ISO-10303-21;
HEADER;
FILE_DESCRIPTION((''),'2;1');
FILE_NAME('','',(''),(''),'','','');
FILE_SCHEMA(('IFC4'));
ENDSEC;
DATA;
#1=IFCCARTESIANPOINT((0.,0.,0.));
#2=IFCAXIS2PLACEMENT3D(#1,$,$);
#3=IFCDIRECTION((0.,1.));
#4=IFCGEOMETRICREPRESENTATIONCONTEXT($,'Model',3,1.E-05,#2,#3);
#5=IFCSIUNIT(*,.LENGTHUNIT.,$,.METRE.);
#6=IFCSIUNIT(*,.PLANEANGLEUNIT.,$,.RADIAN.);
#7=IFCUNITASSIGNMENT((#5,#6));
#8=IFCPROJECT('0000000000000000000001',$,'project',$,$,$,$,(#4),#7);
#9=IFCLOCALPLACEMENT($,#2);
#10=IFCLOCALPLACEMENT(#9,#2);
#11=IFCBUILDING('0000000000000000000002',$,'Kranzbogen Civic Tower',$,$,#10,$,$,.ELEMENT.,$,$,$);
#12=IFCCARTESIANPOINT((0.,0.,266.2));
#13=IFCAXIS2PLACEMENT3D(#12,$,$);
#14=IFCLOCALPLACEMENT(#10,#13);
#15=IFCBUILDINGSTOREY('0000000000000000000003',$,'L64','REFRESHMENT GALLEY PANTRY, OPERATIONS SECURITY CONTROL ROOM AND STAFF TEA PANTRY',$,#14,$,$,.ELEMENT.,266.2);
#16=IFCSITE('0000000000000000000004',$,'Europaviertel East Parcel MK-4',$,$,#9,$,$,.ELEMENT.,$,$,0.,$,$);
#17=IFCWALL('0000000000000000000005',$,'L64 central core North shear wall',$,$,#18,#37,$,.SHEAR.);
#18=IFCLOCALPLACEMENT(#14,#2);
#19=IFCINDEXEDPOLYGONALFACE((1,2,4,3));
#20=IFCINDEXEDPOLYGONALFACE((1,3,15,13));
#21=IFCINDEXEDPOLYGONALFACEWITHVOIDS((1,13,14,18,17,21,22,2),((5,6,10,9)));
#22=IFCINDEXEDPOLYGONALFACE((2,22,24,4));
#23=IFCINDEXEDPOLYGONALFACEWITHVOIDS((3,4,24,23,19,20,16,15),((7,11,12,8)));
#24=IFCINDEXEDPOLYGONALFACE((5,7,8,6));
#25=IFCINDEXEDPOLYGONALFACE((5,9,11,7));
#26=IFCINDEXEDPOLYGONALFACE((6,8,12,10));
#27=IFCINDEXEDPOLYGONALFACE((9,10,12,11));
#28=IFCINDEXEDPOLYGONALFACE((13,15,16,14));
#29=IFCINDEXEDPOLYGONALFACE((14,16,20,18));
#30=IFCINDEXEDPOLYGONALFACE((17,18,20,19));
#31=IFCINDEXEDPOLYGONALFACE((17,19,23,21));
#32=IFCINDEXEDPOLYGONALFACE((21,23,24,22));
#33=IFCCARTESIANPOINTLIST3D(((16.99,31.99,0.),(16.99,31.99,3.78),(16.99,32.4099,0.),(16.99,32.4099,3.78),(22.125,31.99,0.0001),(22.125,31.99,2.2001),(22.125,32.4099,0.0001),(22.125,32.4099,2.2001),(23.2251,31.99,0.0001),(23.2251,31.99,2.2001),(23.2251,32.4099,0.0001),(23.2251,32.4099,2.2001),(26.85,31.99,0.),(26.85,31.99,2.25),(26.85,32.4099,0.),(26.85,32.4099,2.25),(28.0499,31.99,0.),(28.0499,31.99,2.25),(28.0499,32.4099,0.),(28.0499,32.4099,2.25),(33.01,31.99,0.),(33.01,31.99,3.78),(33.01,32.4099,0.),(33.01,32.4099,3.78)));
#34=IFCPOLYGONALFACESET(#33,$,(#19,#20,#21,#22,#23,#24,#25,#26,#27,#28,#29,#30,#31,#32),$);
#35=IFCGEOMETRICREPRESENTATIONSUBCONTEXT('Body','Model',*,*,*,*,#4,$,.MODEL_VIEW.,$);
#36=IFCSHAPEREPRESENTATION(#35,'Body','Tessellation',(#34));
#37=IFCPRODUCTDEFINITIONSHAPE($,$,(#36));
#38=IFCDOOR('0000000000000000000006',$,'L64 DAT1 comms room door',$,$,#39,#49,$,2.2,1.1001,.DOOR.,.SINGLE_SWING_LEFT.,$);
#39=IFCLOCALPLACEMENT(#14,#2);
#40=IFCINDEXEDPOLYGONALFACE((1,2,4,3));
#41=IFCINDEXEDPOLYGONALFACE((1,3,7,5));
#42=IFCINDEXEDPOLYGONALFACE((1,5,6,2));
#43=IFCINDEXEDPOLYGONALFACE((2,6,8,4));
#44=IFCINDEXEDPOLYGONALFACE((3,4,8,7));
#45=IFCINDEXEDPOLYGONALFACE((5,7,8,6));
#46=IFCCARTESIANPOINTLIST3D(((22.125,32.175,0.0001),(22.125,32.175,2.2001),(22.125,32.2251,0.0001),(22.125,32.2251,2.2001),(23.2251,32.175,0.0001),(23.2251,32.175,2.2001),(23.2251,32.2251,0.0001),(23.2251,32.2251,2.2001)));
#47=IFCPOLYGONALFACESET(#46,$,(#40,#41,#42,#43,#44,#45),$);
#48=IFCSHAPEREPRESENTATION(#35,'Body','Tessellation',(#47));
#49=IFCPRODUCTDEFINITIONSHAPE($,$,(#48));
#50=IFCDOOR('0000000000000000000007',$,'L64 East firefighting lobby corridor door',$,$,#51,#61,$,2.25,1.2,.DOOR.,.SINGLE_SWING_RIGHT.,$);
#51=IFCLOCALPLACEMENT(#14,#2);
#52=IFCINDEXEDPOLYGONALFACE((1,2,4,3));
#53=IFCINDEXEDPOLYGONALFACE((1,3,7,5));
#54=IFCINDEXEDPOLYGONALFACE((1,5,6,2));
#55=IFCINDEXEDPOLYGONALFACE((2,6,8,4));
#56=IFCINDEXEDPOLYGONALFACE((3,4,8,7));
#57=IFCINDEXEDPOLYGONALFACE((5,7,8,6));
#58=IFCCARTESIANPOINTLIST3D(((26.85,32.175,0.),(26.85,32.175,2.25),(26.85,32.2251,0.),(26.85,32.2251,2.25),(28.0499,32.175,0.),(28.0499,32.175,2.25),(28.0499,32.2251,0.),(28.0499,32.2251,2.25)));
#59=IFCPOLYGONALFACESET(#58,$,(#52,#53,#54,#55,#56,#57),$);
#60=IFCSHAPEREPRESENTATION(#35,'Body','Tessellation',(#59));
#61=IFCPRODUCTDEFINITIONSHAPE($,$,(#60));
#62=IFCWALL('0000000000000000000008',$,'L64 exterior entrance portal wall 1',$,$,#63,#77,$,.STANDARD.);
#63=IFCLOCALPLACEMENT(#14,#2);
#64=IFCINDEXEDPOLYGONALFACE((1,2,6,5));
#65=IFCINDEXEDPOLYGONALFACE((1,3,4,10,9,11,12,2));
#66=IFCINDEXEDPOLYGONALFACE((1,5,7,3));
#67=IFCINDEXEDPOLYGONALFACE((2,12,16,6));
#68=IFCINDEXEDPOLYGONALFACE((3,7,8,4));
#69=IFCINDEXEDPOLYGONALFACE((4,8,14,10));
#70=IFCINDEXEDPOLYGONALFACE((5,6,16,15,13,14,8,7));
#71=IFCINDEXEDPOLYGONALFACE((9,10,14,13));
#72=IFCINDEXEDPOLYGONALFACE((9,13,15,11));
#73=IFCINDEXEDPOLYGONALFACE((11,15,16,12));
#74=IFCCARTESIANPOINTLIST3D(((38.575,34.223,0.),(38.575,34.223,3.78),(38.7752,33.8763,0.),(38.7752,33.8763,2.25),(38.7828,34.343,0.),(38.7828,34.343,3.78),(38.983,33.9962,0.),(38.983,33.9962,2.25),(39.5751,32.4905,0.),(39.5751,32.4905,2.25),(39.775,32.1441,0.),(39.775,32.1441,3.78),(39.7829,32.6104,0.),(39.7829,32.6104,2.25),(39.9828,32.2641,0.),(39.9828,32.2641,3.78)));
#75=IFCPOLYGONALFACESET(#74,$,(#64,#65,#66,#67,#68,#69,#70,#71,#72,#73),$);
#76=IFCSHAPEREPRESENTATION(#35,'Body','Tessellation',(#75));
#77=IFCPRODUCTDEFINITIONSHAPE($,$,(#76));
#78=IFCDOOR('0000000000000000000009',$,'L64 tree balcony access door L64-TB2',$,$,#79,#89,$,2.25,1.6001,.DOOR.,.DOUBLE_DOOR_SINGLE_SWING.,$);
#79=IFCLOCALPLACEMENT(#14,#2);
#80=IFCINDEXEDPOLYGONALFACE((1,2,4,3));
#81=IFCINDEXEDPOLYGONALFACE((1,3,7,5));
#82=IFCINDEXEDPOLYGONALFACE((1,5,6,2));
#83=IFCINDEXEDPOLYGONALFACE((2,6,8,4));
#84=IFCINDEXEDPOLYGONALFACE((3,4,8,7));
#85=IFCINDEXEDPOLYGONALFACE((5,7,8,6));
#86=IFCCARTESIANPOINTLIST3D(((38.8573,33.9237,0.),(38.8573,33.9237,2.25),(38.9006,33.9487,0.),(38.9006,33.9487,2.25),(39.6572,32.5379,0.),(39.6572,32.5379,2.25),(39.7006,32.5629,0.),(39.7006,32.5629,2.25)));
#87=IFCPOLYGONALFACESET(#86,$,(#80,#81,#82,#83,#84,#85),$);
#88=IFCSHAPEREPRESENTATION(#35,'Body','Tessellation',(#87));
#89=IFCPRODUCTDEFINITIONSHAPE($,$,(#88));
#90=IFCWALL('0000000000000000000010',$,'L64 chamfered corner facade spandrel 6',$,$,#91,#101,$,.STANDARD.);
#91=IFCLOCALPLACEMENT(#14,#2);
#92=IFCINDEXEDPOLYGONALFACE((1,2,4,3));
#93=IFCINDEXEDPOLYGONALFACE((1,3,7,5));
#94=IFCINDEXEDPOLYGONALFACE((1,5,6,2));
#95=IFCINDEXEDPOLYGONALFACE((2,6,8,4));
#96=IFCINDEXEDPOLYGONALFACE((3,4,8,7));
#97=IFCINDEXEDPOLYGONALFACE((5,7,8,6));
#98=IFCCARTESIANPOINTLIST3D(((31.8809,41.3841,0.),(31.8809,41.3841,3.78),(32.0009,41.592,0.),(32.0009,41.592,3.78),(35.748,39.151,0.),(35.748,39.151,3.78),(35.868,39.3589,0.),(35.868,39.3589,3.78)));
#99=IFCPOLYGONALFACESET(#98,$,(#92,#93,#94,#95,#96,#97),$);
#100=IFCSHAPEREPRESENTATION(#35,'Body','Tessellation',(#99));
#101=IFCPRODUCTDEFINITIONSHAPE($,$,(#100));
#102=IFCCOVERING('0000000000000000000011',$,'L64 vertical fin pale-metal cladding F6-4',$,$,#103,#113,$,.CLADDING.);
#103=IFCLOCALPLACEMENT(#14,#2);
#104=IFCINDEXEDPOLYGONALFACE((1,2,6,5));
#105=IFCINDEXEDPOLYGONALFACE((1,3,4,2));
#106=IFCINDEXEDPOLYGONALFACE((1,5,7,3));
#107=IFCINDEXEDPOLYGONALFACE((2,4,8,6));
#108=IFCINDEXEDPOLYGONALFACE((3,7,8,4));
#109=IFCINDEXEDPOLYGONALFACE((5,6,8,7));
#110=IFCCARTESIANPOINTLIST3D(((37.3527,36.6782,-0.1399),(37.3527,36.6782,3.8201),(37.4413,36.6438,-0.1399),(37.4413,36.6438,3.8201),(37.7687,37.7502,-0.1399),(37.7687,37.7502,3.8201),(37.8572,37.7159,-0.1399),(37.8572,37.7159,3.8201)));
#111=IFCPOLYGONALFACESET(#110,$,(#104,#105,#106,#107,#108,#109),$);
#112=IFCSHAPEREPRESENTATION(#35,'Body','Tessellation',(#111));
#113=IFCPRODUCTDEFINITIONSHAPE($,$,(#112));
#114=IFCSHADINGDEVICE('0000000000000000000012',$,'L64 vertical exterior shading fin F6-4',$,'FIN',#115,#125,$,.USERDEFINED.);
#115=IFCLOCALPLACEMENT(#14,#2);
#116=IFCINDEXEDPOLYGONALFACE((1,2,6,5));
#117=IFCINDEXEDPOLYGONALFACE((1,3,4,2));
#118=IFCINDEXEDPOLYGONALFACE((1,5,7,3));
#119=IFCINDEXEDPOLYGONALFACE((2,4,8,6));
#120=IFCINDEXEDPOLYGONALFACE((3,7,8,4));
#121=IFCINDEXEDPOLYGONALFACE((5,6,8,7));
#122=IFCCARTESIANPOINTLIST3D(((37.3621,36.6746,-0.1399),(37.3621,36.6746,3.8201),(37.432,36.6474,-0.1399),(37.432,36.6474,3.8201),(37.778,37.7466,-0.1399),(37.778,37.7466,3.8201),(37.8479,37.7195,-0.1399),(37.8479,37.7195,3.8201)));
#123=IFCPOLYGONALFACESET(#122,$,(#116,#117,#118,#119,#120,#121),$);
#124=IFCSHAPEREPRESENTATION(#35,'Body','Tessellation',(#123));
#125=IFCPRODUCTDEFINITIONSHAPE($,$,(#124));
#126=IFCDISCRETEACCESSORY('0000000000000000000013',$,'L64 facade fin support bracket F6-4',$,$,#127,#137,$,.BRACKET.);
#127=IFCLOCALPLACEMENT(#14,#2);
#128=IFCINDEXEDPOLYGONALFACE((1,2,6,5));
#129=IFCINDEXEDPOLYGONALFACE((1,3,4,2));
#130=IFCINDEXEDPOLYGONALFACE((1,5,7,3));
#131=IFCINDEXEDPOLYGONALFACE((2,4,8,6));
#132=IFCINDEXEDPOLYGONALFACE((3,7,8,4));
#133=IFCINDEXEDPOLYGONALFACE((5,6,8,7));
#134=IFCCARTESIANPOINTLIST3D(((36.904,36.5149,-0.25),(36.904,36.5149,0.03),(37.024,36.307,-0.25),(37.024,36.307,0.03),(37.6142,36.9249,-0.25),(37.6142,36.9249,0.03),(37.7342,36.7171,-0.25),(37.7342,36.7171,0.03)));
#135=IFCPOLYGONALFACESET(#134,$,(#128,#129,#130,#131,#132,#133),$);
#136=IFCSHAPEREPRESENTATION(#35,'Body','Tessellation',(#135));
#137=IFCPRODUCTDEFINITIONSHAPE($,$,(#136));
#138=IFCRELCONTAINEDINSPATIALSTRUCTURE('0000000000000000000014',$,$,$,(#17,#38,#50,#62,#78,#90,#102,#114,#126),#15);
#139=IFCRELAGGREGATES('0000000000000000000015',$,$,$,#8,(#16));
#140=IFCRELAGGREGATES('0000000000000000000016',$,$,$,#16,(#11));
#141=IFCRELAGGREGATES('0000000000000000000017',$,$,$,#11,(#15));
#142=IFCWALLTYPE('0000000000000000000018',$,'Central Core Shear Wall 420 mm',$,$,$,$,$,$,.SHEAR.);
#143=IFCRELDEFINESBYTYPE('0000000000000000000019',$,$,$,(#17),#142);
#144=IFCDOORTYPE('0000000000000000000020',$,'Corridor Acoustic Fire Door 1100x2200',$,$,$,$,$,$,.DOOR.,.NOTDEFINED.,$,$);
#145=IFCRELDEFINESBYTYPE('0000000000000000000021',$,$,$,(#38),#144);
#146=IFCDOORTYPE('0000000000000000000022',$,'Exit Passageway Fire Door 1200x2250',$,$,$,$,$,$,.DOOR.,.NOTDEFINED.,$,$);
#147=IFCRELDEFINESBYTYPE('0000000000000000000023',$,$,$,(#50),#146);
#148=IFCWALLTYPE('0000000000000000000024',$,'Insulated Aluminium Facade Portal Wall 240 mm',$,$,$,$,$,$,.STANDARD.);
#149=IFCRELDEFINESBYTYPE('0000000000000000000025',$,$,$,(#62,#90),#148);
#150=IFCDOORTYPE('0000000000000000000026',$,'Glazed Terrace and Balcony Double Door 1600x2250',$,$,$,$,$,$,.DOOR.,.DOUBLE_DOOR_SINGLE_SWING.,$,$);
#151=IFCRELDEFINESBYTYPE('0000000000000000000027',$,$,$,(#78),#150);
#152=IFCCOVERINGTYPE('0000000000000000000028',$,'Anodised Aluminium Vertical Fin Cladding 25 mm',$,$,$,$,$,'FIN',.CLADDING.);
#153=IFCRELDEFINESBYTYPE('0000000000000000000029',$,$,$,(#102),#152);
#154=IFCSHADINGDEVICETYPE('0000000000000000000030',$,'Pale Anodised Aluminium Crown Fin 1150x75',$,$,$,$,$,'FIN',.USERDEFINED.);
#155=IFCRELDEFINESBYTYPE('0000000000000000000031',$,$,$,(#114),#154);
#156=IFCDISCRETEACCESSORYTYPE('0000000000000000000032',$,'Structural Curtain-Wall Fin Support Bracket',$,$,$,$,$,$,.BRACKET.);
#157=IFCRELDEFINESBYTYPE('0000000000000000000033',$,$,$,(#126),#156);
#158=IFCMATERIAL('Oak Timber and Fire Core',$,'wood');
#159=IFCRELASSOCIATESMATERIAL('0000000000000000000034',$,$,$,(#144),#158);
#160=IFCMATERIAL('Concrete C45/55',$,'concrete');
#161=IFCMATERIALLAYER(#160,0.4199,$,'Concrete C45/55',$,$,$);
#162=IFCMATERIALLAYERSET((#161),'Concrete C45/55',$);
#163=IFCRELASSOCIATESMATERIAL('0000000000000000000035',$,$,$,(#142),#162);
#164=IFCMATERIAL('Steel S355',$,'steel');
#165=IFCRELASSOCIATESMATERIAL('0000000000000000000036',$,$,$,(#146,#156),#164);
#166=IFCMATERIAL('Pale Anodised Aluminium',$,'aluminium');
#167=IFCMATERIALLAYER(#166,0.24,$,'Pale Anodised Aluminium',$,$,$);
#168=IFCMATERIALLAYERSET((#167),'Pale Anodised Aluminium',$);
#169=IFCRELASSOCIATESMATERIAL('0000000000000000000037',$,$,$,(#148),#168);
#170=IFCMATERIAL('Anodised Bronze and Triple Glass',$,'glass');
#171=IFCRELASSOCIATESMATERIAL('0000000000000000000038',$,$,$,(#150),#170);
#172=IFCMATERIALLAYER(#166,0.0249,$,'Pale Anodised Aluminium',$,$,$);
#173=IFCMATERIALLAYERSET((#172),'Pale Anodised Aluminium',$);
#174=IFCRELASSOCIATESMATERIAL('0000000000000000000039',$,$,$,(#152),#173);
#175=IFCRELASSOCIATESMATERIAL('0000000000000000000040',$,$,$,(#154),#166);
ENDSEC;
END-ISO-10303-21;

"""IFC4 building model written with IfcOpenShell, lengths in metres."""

from ifc_helpers import new_model, si_unit, direction, frame, frame_2d, origin, origin_2d, place, context, subcontext, project, spatial, rectangle, extrude, material, layer, layer_set, type_object, element, fill, save


model = new_model("IFC4")

# Units and contexts
model_context = context("Model", 3, precision=1e-05, world=origin(), true_north=direction((0.0, 1.0)))
body_context = subcontext(model_context, "Body", "Model", "MODEL_VIEW")
ifc_project = project(units=[si_unit("LENGTHUNIT", "METRE"), si_unit("PLANEANGLEUNIT", "RADIAN")], contexts=[model_context])

# Site, building, storey
site_placement = place(None, origin())
site = spatial("IfcSite", under=ifc_project, at=site_placement, Name="Europaviertel East Parcel MK-4", CompositionType="ELEMENT", RefElevation=0.0)
building_placement = place(site_placement, origin())
building = spatial("IfcBuilding", under=site, at=building_placement, Name="Kranzbogen Civic Tower", CompositionType="ELEMENT")
storey_placement = place(building_placement, frame((0.0, 0.0, 266.2)))
storey = spatial("IfcBuildingStorey", under=building, at=storey_placement, Name="L64", Description="REFRESHMENT GALLEY PANTRY, OPERATIONS SECURITY CONTROL ROOM AND STAFF TEA PANTRY", CompositionType="ELEMENT", Elevation=266.2)

# Shared definitions
ifc_material_1 = material(Name="Steel S355", Category="steel")

# Shared definitions
ifc_material_2 = material(Name="Pale Anodised Aluminium", Category="aluminium")

# Shared definitions
ifc_material_3 = material(Name="Oak Timber and Fire Core", Category="wood")
door_type_1 = type_object("IfcDoorType", Name="Corridor Acoustic Fire Door 1100x2200", OperationType="NOTDEFINED", PredefinedType="DOOR", material=ifc_material_3)

# Wall, openings, doors
ifc_material_4 = material(Name="Concrete C45/55", Category="concrete")
ifc_layer_1 = layer(ifc_material_4, 0.4199, Name="Concrete C45/55")
ifc_layer_set_1 = layer_set([ifc_layer_1], Name="Concrete C45/55")
wall_type_1 = type_object("IfcWallType", Name="Central Core Shear Wall 420 mm", PredefinedType="SHEAR", material=ifc_layer_set_1)
wall_1_placement = place(storey_placement, frame((33.01, 32.2, 0.0), z_axis=(0.0, 0.0, 1.0), x_axis=(-1.0, 0.0, 0.0)))
wall_1 = element("IfcWall", 1, at=wall_1_placement, inside=storey, type_object=wall_type_1, Name="L64 central core North shear wall", PredefinedType="SHEAR", context=body_context, shape_type="SweptSolid", body=[
    extrude(rectangle(XDim=16.02, YDim=0.4199, at=frame_2d((8.01, 0.0))), origin(), (0.0, 0.0, 1.0), 3.78),
])
opening_1_placement = place(wall_1_placement, frame((4.96, 0.0, 0.0)))
opening_1 = element("IfcOpeningElement", 2, at=opening_1_placement, cuts=wall_1, PredefinedType="OPENING", context=body_context, shape_type="SweptSolid", body=[
    extrude(rectangle(XDim=1.2, YDim=2.25, at=frame_2d((0.6001, 1.125))), frame((0.0, 0.22, 0.0), z_axis=(0.0, -1.0, 0.0), x_axis=(1.0, 0.0, 0.0)), (0.0, 0.0, 1.0), 0.4399),
])
opening_2_placement = place(wall_1_placement, frame((9.7849, 0.0, 0.0)))
opening_2 = element("IfcOpeningElement", 3, at=opening_2_placement, cuts=wall_1, PredefinedType="OPENING", context=body_context, shape_type="SweptSolid", body=[
    extrude(rectangle(XDim=1.1001, YDim=2.2, at=frame_2d((0.55, 1.1001))), frame((0.0, 0.22, 0.0), z_axis=(0.0, -1.0, 0.0), x_axis=(1.0, 0.0, 0.0)), (0.0, 0.0, 1.0), 0.4399),
])
door_1_placement = place(opening_2_placement, origin())
door_1 = element("IfcDoor", 4, at=door_1_placement, inside=storey, type_object=door_type_1, Name="L64 DAT1 comms room door", OperationType="SINGLE_SWING_LEFT", OverallHeight=2.2, OverallWidth=1.1001, PredefinedType="DOOR", context=body_context, shape_type="SweptSolid", body=[
    extrude(rectangle(XDim=1.1001, YDim=2.2, at=frame_2d((0.55, 1.1001))), frame((0.0, 0.0249, 0.0), z_axis=(0.0, -1.0, 0.0), x_axis=(1.0, 0.0, 0.0)), (0.0, 0.0, 1.0), 0.05),
])
fill(opening_2, door_1)
door_type_2 = type_object("IfcDoorType", Name="Exit Passageway Fire Door 1200x2250", OperationType="NOTDEFINED", PredefinedType="DOOR", material=ifc_material_1)
door_2_placement = place(opening_1_placement, origin())
door_2 = element("IfcDoor", 5, at=door_2_placement, inside=storey, type_object=door_type_2, Name="L64 East firefighting lobby corridor door", OperationType="SINGLE_SWING_RIGHT", OverallHeight=2.25, OverallWidth=1.2, PredefinedType="DOOR", context=body_context, shape_type="SweptSolid", body=[
    extrude(rectangle(XDim=1.2, YDim=2.25, at=frame_2d((0.6001, 1.125))), frame((0.0, 0.0249, 0.0), z_axis=(0.0, -1.0, 0.0), x_axis=(1.0, 0.0, 0.0)), (0.0, 0.0, 1.0), 0.05),
])
fill(opening_1, door_2)

# Wall, opening, door
ifc_layer_2 = layer(ifc_material_2, 0.24, Name="Pale Anodised Aluminium")
ifc_layer_set_2 = layer_set([ifc_layer_2], Name="Pale Anodised Aluminium")
wall_type_2 = type_object("IfcWallType", Name="Insulated Aluminium Facade Portal Wall 240 mm", PredefinedType="STANDARD", material=ifc_layer_set_2)
wall_2_placement = place(storey_placement, frame((39.8789, 32.2041, 0.0), z_axis=(0.0, 0.0, 1.0), x_axis=(-0.499913, 0.866075, 0.0)))
wall_2 = element("IfcWall", 6, at=wall_2_placement, inside=storey, type_object=wall_type_2, Name="L64 exterior entrance portal wall 1", PredefinedType="STANDARD", context=body_context, shape_type="SweptSolid", body=[
    extrude(rectangle(XDim=2.4004, YDim=0.24, at=frame_2d((1.2002, 0.0))), origin(), (0.0, 0.0, 1.0), 3.78),
])
opening_3_placement = place(wall_2_placement, frame((0.3999, 0.0, 0.0)))
opening_3 = element("IfcOpeningElement", 7, at=opening_3_placement, cuts=wall_2, PredefinedType="OPENING", context=body_context, shape_type="SweptSolid", body=[
    extrude(rectangle(XDim=1.6001, YDim=2.25, at=frame_2d((0.8, 1.125))), frame((0.0, 0.1299, 0.0), z_axis=(0.0, -1.0, 0.0), x_axis=(1.0, 0.0, 0.0)), (0.0, 0.0, 1.0), 0.26),
])
ifc_material_5 = material(Name="Anodised Bronze and Triple Glass", Category="glass")
door_type_3 = type_object("IfcDoorType", Name="Glazed Terrace and Balcony Double Door 1600x2250", OperationType="DOUBLE_DOOR_SINGLE_SWING", PredefinedType="DOOR", material=ifc_material_5)
door_3_placement = place(opening_3_placement, frame((1.6001, 0.0, 0.0), z_axis=(0.0, 0.0, 1.0), x_axis=(-1.0, 0.0, 0.0)))
door_3 = element("IfcDoor", 8, at=door_3_placement, inside=storey, type_object=door_type_3, Name="L64 tree balcony access door L64-TB2", OperationType="DOUBLE_DOOR_SINGLE_SWING", OverallHeight=2.25, OverallWidth=1.6001, PredefinedType="DOOR", context=body_context, shape_type="SweptSolid", body=[
    extrude(rectangle(XDim=1.6001, YDim=2.25, at=frame_2d((0.8, 1.125))), frame((0.0, 0.0249, 0.0), z_axis=(0.0, -1.0, 0.0), x_axis=(1.0, 0.0, 0.0)), (0.0, 0.0, 1.0), 0.05),
])
fill(opening_3, door_3)

# Wall
wall_3_placement = place(storey_placement, frame((35.8081, 39.2549, 0.0), z_axis=(0.0, 0.0, 1.0), x_axis=(-0.865983, 0.500073, 0.0)))
element("IfcWall", 9, at=wall_3_placement, inside=storey, type_object=wall_type_2, Name="L64 chamfered corner facade spandrel 6", PredefinedType="STANDARD", context=body_context, shape_type="SweptSolid", body=[
    extrude(rectangle(XDim=4.4656, YDim=0.24, at=frame_2d((2.2329, 0.0))), origin(), (0.0, 0.0, 1.0), 3.78),
])

# Covering
ifc_layer_3 = layer(ifc_material_2, 0.0249, Name="Pale Anodised Aluminium")
ifc_layer_set_3 = layer_set([ifc_layer_3], Name="Pale Anodised Aluminium")
covering_type = type_object("IfcCoveringType", Name="Anodised Aluminium Vertical Fin Cladding 25 mm", ElementType="FIN", PredefinedType="CLADDING", material=ifc_layer_set_3)
covering_placement = place(storey_placement, frame((37.605, 37.197, -0.1399), z_axis=(0.0, 0.0, 1.0), x_axis=(0.361706, 0.932292, 0.0)))
element("IfcCovering", 10, at=covering_placement, inside=storey, type_object=covering_type, Name="L64 vertical fin pale-metal cladding F6-4", PredefinedType="CLADDING", context=body_context, shape_type="SweptSolid", body=[
    extrude(rectangle(XDim=1.1499, YDim=0.095, at=origin_2d()), origin(), (0.0, 0.0, 1.0), 3.96),
])

# Shading device
shading_device_type = type_object("IfcShadingDeviceType", Name="Pale Anodised Aluminium Crown Fin 1150x75", ElementType="FIN", PredefinedType="USERDEFINED", material=ifc_material_2)
shading_device_placement = place(storey_placement, frame((37.605, 37.197, -0.1399), z_axis=(0.0, 0.0, 1.0), x_axis=(0.361706, 0.932292, 0.0)))
element("IfcShadingDevice", 11, at=shading_device_placement, inside=storey, type_object=shading_device_type, Name="L64 vertical exterior shading fin F6-4", ObjectType="FIN", PredefinedType="USERDEFINED", context=body_context, shape_type="SweptSolid", body=[
    extrude(rectangle(XDim=1.1499, YDim=0.075, at=origin_2d()), origin(), (0.0, 0.0, 1.0), 3.96),
])

# Discrete accessory
discrete_accessory_type = type_object("IfcDiscreteAccessoryType", Name="Structural Curtain-Wall Fin Support Bracket", PredefinedType="BRACKET", material=ifc_material_1)
discrete_accessory_placement = place(storey_placement, frame((37.3191, 36.616, -0.25), z_axis=(0.0, 0.0, 1.0), x_axis=(0.866025, 0.5, 0.0)))
element("IfcDiscreteAccessory", 12, at=discrete_accessory_placement, inside=storey, type_object=discrete_accessory_type, Name="L64 facade fin support bracket F6-4", PredefinedType="BRACKET", context=body_context, shape_type="SweptSolid", body=[
    extrude(rectangle(XDim=0.8201, YDim=0.24, at=origin_2d()), origin(), (0.0, 0.0, 1.0), 0.28),
])

save(model, "model.ifc")
